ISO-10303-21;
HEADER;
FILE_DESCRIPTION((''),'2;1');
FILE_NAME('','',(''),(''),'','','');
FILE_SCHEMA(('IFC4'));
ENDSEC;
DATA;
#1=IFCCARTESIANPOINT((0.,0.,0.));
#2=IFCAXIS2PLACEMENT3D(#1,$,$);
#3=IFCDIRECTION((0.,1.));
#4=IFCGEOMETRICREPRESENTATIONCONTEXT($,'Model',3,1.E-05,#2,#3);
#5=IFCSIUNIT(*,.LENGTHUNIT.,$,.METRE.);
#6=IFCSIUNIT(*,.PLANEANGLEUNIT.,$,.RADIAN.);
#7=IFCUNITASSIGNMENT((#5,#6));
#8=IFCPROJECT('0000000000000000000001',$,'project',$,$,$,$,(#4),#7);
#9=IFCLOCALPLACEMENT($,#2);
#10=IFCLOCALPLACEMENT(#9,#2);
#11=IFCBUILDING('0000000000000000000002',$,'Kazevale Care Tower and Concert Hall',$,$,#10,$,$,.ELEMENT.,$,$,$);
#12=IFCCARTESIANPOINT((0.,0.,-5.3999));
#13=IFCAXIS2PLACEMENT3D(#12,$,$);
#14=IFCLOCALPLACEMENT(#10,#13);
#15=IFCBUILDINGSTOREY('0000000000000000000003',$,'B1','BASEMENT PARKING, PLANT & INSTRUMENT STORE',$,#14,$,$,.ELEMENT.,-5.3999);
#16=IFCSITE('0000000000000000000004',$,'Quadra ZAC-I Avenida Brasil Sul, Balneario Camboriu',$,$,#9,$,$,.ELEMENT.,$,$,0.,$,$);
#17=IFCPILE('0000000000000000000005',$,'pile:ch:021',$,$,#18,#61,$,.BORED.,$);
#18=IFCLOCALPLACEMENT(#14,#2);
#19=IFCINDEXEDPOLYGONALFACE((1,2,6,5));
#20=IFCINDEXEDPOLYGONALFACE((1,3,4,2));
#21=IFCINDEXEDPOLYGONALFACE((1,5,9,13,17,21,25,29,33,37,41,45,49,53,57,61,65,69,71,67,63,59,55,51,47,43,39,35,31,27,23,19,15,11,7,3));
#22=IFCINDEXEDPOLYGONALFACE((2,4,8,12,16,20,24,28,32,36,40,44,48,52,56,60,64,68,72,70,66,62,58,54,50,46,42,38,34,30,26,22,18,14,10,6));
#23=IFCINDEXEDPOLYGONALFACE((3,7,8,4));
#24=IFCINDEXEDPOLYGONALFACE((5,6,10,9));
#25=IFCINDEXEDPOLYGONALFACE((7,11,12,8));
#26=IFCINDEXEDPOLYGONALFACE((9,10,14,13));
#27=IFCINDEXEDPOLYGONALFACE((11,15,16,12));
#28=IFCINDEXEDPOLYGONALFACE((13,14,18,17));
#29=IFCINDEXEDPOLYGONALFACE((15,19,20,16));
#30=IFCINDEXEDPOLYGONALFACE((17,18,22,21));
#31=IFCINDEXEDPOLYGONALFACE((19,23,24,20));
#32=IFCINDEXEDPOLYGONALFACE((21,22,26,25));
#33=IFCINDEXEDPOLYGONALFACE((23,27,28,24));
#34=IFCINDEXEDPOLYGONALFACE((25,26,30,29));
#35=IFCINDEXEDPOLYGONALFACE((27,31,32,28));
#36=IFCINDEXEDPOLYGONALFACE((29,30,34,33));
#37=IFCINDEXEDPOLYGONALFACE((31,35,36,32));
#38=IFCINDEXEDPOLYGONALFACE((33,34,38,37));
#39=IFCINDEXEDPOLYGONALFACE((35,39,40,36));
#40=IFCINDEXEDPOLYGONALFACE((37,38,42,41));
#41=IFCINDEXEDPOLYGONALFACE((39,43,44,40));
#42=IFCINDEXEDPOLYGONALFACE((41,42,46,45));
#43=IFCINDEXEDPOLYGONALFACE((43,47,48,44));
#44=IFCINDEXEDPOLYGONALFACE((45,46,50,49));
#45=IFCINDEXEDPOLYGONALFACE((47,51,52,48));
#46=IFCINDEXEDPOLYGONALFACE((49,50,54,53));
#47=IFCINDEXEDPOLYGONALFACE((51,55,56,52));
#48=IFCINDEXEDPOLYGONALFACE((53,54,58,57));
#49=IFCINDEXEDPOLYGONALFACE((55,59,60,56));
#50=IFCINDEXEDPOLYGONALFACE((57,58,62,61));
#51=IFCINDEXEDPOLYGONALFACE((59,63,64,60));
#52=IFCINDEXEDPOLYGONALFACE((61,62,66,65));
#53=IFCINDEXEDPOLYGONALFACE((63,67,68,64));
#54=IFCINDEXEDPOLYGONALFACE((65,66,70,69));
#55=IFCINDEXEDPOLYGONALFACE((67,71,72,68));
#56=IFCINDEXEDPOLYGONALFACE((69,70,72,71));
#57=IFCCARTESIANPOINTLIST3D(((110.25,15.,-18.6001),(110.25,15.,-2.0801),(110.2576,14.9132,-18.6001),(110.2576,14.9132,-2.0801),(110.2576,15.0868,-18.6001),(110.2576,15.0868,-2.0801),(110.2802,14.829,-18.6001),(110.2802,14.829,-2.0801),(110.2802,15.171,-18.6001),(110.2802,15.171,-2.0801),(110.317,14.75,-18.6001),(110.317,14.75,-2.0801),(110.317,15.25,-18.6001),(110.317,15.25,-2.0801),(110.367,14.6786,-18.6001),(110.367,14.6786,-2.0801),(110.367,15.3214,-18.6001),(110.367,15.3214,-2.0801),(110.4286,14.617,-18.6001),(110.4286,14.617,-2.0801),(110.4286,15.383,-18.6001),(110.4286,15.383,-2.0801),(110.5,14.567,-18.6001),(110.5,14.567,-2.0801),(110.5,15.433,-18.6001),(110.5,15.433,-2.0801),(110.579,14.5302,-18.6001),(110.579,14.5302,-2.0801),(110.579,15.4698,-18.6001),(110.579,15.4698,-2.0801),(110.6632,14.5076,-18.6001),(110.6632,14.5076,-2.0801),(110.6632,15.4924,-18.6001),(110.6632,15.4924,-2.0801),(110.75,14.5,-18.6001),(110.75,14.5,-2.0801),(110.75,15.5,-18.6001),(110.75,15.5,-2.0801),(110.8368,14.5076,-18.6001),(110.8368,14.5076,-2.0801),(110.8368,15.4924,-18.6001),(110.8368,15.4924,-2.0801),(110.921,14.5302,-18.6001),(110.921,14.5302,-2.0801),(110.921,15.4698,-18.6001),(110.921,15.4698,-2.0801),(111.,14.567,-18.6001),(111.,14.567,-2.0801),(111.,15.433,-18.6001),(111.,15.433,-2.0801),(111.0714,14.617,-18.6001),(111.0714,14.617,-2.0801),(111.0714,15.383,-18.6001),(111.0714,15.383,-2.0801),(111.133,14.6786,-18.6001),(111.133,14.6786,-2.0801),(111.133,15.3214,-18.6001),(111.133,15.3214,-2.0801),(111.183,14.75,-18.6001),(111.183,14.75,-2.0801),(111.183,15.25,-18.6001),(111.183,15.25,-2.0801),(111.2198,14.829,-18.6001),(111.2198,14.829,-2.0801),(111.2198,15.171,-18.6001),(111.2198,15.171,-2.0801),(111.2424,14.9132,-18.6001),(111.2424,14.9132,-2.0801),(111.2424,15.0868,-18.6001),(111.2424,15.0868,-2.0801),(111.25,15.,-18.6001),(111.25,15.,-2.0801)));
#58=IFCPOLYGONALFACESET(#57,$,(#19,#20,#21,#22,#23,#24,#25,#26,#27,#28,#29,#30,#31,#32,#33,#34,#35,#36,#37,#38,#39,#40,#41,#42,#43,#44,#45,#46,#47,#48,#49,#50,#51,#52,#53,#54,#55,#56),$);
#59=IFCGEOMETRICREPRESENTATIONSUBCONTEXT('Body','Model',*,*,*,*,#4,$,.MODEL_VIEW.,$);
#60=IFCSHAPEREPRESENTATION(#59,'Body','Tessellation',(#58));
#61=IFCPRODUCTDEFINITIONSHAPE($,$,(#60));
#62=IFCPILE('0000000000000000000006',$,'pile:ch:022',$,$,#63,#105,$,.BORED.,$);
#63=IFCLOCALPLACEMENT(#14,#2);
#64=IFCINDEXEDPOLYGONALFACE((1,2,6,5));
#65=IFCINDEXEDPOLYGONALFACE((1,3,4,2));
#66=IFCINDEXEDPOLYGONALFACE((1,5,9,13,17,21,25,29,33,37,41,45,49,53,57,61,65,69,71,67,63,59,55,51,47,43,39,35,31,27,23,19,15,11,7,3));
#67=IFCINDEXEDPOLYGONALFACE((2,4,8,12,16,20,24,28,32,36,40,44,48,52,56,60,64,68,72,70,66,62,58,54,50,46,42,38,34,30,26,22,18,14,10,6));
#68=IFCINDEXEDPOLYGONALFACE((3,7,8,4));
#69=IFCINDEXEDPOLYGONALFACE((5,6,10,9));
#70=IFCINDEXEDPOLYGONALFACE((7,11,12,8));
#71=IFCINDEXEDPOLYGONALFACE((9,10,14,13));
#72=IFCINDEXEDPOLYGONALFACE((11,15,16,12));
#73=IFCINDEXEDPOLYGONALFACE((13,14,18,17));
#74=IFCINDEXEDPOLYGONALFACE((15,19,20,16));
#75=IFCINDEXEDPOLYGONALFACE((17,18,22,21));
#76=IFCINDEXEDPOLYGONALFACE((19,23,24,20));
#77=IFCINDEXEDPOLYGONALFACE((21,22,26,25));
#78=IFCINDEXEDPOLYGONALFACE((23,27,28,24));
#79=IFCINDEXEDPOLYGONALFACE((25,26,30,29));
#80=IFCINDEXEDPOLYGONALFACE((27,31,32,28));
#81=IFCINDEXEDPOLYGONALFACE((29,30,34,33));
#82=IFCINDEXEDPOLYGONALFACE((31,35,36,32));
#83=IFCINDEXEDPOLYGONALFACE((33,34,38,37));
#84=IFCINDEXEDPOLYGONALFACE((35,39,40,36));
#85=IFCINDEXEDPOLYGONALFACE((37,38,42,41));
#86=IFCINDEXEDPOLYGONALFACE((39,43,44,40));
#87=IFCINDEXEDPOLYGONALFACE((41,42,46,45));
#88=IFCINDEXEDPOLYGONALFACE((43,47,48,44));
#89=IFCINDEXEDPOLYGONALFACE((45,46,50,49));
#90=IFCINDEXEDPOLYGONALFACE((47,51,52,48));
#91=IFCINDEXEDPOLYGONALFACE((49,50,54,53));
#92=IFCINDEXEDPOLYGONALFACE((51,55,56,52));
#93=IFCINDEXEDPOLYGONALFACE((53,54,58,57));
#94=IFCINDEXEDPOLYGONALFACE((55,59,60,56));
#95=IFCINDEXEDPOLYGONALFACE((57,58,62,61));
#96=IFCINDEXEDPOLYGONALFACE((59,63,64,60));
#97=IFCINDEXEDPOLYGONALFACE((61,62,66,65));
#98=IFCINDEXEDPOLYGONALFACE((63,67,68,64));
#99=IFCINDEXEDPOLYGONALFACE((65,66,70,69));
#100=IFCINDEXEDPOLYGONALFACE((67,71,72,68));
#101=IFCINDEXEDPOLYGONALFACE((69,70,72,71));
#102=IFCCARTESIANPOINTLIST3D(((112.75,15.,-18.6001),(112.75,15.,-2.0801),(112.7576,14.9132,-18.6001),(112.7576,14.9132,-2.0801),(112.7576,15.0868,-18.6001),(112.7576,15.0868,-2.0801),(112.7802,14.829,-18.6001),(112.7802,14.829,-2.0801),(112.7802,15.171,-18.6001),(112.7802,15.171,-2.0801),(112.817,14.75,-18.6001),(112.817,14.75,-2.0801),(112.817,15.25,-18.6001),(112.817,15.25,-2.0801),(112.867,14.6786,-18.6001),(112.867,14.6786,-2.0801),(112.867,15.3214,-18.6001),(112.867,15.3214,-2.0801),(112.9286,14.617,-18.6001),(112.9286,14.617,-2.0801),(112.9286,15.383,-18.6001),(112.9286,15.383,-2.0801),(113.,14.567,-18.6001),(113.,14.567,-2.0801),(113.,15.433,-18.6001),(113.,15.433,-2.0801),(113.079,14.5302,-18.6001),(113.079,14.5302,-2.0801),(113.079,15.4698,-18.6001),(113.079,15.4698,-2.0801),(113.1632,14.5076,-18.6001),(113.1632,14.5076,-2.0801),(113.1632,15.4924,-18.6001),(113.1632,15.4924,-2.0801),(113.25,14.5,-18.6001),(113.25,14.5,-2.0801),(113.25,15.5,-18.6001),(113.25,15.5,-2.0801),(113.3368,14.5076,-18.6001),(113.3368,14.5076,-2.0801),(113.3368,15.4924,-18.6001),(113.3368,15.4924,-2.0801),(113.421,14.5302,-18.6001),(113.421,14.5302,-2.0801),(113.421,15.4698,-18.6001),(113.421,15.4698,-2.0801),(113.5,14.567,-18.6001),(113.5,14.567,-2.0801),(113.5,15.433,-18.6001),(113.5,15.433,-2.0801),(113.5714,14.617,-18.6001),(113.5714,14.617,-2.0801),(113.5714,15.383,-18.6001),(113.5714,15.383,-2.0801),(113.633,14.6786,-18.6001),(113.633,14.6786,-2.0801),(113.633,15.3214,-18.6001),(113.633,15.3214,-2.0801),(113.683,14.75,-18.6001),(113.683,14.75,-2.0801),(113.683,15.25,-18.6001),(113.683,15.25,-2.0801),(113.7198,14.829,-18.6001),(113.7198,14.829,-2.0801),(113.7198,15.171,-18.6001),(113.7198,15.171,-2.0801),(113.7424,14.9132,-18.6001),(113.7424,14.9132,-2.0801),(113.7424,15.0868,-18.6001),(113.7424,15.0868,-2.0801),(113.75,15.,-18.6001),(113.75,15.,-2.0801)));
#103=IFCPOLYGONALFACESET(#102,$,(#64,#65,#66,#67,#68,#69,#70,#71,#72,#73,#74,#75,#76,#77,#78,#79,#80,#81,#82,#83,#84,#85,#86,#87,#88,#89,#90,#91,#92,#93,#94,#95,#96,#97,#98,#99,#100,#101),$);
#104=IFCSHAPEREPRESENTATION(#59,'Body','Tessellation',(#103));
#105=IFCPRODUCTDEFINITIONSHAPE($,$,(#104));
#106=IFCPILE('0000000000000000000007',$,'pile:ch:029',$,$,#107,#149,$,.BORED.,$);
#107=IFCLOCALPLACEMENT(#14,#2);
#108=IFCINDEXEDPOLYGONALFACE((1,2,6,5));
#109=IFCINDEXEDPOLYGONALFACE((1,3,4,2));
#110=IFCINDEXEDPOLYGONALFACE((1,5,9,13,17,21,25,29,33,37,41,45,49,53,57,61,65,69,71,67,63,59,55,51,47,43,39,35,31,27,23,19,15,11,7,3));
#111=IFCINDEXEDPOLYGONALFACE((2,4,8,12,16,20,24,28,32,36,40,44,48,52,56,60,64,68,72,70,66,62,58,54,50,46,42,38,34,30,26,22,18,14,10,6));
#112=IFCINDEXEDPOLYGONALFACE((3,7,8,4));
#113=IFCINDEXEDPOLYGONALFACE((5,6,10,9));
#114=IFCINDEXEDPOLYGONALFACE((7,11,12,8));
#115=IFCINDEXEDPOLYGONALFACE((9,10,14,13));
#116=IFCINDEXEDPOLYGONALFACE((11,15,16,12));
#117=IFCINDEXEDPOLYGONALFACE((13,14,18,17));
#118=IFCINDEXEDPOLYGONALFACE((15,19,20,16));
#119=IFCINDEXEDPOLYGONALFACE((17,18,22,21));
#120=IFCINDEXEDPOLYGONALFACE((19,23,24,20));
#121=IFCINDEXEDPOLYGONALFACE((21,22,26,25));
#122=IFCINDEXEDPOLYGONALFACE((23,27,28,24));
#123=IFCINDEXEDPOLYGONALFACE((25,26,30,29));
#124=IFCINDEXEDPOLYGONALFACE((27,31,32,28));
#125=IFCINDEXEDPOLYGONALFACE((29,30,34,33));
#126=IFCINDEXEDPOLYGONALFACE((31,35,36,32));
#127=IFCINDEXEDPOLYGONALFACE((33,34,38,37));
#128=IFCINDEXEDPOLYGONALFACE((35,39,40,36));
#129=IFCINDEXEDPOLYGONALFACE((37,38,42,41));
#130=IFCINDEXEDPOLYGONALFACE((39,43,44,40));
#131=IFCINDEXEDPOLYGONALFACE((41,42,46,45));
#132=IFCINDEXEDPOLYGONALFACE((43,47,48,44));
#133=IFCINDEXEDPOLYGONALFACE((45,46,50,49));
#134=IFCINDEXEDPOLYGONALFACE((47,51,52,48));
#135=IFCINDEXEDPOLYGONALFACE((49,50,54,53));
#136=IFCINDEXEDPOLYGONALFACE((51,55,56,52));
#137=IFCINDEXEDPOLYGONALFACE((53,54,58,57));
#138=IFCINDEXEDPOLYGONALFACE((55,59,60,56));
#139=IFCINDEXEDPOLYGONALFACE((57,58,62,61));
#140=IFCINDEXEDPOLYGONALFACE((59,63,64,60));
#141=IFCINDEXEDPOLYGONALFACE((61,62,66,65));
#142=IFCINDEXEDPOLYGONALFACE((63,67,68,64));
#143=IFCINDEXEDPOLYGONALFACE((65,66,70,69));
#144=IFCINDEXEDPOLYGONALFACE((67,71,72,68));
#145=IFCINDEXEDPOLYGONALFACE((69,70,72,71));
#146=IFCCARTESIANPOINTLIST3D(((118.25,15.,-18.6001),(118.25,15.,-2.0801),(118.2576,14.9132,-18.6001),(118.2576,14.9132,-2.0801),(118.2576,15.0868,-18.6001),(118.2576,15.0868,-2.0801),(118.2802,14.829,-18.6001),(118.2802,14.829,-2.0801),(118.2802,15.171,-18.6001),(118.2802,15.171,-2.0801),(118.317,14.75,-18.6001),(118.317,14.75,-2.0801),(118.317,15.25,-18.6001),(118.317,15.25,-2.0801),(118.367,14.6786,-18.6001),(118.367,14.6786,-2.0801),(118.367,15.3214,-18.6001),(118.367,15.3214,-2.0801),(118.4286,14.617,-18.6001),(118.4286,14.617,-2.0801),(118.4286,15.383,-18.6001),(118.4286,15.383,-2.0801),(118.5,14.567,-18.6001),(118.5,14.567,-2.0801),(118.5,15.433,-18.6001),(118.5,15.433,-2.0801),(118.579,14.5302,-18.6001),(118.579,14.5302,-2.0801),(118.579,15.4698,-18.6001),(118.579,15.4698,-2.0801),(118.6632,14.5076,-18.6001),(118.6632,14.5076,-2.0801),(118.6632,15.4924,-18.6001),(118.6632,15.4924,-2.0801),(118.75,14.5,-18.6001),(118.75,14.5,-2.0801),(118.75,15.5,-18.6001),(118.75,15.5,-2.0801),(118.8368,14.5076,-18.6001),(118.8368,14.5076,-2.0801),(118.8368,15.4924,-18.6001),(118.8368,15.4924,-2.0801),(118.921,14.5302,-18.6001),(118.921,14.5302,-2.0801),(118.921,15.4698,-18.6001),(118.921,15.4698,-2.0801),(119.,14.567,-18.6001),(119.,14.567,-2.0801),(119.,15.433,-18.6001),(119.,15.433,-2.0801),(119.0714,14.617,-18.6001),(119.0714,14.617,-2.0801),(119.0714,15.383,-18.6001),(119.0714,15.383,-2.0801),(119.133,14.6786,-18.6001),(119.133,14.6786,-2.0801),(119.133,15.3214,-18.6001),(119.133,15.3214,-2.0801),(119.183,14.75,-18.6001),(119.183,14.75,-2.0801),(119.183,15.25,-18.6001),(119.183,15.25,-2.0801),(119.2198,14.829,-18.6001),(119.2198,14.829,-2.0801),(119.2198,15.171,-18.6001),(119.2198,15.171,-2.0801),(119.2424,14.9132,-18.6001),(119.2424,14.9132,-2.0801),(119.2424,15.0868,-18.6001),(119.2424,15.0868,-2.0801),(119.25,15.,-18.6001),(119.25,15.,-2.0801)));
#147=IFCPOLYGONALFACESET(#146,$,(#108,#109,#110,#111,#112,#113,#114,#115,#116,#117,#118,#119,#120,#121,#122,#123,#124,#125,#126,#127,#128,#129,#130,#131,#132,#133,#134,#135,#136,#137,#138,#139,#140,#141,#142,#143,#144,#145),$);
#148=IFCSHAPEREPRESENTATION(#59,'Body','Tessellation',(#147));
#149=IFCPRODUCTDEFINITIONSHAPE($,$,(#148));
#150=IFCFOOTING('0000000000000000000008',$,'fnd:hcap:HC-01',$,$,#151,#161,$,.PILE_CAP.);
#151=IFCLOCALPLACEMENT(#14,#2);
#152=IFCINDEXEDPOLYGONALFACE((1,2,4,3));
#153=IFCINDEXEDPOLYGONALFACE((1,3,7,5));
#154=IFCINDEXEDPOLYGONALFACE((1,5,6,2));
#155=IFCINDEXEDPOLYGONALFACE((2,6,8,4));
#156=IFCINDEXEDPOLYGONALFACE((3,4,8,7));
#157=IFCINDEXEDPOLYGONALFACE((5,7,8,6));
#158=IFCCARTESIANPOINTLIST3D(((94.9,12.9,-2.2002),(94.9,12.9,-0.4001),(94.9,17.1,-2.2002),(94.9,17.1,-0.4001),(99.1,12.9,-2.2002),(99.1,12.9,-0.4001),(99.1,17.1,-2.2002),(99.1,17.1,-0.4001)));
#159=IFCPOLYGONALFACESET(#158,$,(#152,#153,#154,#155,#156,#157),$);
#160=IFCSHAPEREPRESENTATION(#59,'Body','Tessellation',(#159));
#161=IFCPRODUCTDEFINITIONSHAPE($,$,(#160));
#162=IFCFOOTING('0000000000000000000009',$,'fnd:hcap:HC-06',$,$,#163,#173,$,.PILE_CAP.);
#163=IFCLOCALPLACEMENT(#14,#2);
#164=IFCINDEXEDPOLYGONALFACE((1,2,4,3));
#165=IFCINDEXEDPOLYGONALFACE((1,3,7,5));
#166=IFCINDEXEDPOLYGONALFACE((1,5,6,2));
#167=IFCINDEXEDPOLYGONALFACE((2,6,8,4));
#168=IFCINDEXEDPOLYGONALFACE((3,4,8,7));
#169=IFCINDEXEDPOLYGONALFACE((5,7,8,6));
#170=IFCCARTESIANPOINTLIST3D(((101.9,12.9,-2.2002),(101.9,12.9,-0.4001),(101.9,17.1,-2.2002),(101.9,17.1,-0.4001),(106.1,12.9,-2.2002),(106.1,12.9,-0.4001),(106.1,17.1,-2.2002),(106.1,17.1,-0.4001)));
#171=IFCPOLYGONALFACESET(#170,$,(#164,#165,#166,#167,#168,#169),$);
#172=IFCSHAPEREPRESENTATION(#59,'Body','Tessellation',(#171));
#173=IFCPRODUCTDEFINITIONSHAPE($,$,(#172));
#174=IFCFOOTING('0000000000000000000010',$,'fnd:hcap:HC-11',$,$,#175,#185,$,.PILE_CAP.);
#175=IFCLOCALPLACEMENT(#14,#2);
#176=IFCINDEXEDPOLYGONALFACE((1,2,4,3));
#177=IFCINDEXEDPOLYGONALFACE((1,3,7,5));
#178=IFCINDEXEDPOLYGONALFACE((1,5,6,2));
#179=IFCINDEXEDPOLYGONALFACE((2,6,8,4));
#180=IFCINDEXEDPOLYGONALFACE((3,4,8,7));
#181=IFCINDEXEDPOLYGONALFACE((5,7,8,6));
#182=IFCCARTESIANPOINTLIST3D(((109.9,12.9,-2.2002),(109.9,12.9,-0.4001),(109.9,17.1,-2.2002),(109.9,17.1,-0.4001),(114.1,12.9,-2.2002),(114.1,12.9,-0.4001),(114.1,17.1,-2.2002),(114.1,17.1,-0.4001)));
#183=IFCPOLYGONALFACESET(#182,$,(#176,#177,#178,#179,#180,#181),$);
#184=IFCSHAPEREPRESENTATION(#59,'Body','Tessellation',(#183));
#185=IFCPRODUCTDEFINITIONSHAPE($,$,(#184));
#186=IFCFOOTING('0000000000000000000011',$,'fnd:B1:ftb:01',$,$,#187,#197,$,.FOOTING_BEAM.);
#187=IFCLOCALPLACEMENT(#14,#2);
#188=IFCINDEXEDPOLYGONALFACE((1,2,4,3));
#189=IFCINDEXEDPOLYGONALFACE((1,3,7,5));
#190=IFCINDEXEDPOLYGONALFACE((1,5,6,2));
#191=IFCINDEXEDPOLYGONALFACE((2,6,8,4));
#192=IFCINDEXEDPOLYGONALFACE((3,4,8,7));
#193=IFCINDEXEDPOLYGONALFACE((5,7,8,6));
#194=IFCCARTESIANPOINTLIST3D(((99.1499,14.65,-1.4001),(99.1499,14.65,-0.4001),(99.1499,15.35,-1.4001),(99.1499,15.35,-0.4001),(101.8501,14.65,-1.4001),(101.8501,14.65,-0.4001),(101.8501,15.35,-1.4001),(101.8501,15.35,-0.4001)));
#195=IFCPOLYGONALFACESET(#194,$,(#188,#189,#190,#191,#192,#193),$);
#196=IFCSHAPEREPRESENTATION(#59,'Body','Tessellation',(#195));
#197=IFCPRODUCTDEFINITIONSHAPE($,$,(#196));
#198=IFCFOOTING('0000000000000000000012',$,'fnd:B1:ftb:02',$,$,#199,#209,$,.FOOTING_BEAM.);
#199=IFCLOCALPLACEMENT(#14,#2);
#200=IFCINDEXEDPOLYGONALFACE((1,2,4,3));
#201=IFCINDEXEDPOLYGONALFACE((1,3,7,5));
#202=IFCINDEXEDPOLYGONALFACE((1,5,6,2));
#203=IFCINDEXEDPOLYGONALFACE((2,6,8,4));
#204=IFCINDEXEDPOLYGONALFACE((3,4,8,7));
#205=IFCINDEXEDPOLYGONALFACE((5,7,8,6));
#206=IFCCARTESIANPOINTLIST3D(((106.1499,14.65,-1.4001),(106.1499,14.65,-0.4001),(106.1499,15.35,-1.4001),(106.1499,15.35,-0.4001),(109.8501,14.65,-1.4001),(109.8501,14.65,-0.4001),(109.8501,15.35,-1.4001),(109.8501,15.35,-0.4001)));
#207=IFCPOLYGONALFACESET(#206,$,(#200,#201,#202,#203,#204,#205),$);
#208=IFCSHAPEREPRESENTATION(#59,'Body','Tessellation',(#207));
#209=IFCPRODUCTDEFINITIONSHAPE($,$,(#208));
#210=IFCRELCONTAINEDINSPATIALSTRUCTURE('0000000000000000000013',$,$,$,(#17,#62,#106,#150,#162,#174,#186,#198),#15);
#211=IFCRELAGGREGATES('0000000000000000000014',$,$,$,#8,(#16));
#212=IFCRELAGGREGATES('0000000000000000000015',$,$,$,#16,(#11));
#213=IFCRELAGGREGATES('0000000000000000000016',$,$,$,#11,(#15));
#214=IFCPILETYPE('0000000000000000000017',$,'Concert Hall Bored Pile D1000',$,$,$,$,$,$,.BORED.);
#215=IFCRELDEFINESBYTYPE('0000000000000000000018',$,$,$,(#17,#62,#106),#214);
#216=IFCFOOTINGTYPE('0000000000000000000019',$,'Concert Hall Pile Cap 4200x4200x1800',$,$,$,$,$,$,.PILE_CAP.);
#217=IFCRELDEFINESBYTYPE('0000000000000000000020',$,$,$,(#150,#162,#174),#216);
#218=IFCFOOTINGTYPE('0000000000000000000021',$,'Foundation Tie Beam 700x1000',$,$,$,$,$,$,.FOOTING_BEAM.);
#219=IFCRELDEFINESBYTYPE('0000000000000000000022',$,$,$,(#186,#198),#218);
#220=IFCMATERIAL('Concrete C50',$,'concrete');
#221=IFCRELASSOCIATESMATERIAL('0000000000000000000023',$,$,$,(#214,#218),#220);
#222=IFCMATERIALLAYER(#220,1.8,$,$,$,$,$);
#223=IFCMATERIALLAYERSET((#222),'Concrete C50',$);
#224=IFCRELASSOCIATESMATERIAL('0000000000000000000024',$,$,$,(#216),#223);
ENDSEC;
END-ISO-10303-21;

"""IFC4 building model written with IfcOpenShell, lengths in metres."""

from ifc_helpers import new_model, si_unit, direction, frame, frame_2d, origin, origin_2d, place, context, subcontext, project, spatial, rectangle, circle, extrude, material, layer, layer_set, material_profile, profile_set, type_object, element, save


model = new_model("IFC4")

# Units and contexts
model_context = context("Model", 3, precision=1e-05, world=origin(), true_north=direction((0.0, 1.0)))
body_context = subcontext(model_context, "Body", "Model", "MODEL_VIEW")
ifc_project = project(units=[si_unit("LENGTHUNIT", "METRE"), si_unit("PLANEANGLEUNIT", "RADIAN")], contexts=[model_context])

# Site, building, storey
site_placement = place(None, origin())
site = spatial("IfcSite", under=ifc_project, at=site_placement, Name="Quadra ZAC-I Avenida Brasil Sul, Balneario Camboriu", CompositionType="ELEMENT", RefElevation=0.0)
building_placement = place(site_placement, origin())
building = spatial("IfcBuilding", under=site, at=building_placement, Name="Kazevale Care Tower and Concert Hall", CompositionType="ELEMENT")
storey_placement = place(building_placement, frame((0.0, 0.0, -5.3999)))
storey = spatial("IfcBuildingStorey", under=building, at=storey_placement, Name="B1", Description="BASEMENT PARKING, PLANT & INSTRUMENT STORE", CompositionType="ELEMENT", Elevation=-5.3999)

# Piles
ifc_material_1 = material(Name="Concrete C50", Category="concrete")
ifc_material_profile_1 = material_profile(ifc_material_1, circle(Radius=0.5, at=origin_2d()), Name="PILE-D1000")
ifc_profile_set_1 = profile_set([ifc_material_profile_1], Name="Concrete C50")
pile_type = type_object("IfcPileType", Name="Concert Hall Bored Pile D1000", PredefinedType="BORED", material=ifc_profile_set_1)
for number, where, z_axis, x_axis, name in (
    (1, (110.75, 15.0, -2.0801), (0.0, 0.0, -1.0), (1.0, 0.0, 0.0), "pile:ch:021"),
    (2, (113.25, 15.0, -2.0801), (0.0, 0.0, -1.0), (1.0, 0.0, 0.0), "pile:ch:022"),
    (3, (118.75, 15.0, -2.0801), (0.0, 0.0, -1.0), (1.0, 0.0, 0.0), "pile:ch:029"),
):
    element("IfcPile", number, at=place(storey_placement, frame(where, z_axis=z_axis, x_axis=x_axis)), inside=storey, type_object=pile_type, Name=name, PredefinedType="BORED", context=body_context, shape_type="SweptSolid", body=[
        extrude(circle(Radius=0.5, at=origin_2d()), origin(), (0.0, 0.0, 1.0), 16.52),
    ])

# Footings
ifc_layer_1 = layer(ifc_material_1, 1.8)
ifc_layer_set_1 = layer_set([ifc_layer_1], Name="Concrete C50")
footing_type_1 = type_object("IfcFootingType", Name="Concert Hall Pile Cap 4200x4200x1800", PredefinedType="PILE_CAP", material=ifc_layer_set_1)
for number, where, z_axis, x_axis, name in (
    (4, (97.0, 15.0, -2.2002), (0.0, 0.0, 1.0), (1.0, 0.0, 0.0), "fnd:hcap:HC-01"),
    (5, (104.0, 15.0, -2.2002), (0.0, 0.0, 1.0), (1.0, 0.0, 0.0), "fnd:hcap:HC-06"),
    (6, (112.0, 15.0, -2.2002), (0.0, 0.0, 1.0), (1.0, 0.0, 0.0), "fnd:hcap:HC-11"),
):
    element("IfcFooting", number, at=place(storey_placement, frame(where, z_axis=z_axis, x_axis=x_axis)), inside=storey, type_object=footing_type_1, Name=name, PredefinedType="PILE_CAP", context=body_context, shape_type="SweptSolid", body=[
        extrude(rectangle(XDim=4.2, YDim=4.2, at=origin_2d()), origin(), (0.0, 0.0, 1.0), 1.8),
    ])
ifc_material_profile_2 = material_profile(ifc_material_1, rectangle(XDim=0.7, YDim=1.0, at=origin_2d()), Name="RC-GB700x1000")
ifc_profile_set_2 = profile_set([ifc_material_profile_2], Name="Concrete C50")
footing_type_2 = type_object("IfcFootingType", Name="Foundation Tie Beam 700x1000", PredefinedType="FOOTING_BEAM", material=ifc_profile_set_2)
footing_1_placement = place(storey_placement, frame((99.1499, 15.0, -1.4001), z_axis=(0.0, 0.0, 1.0), x_axis=(1.0, 0.0, 0.0)))
element("IfcFooting", 7, at=footing_1_placement, inside=storey, type_object=footing_type_2, Name="fnd:B1:ftb:01", PredefinedType="FOOTING_BEAM", context=body_context, shape_type="SweptSolid", body=[
    extrude(rectangle(XDim=2.7002, YDim=0.7, at=frame_2d((1.3501, 0.0))), origin(), (0.0, 0.0, 1.0), 1.0),
])
for number, where, z_axis, x_axis, name in (
    (8, (106.1499, 15.0, -1.4001), (0.0, 0.0, 1.0), (1.0, 0.0, 0.0), "fnd:B1:ftb:02"),
):
    element("IfcFooting", number, at=place(storey_placement, frame(where, z_axis=z_axis, x_axis=x_axis)), inside=storey, type_object=footing_type_2, Name=name, PredefinedType="FOOTING_BEAM", context=body_context, shape_type="SweptSolid", body=[
        extrude(rectangle(XDim=3.7002, YDim=0.7, at=frame_2d((1.8501, 0.0))), origin(), (0.0, 0.0, 1.0), 1.0),
    ])

save(model, "model.ifc")
